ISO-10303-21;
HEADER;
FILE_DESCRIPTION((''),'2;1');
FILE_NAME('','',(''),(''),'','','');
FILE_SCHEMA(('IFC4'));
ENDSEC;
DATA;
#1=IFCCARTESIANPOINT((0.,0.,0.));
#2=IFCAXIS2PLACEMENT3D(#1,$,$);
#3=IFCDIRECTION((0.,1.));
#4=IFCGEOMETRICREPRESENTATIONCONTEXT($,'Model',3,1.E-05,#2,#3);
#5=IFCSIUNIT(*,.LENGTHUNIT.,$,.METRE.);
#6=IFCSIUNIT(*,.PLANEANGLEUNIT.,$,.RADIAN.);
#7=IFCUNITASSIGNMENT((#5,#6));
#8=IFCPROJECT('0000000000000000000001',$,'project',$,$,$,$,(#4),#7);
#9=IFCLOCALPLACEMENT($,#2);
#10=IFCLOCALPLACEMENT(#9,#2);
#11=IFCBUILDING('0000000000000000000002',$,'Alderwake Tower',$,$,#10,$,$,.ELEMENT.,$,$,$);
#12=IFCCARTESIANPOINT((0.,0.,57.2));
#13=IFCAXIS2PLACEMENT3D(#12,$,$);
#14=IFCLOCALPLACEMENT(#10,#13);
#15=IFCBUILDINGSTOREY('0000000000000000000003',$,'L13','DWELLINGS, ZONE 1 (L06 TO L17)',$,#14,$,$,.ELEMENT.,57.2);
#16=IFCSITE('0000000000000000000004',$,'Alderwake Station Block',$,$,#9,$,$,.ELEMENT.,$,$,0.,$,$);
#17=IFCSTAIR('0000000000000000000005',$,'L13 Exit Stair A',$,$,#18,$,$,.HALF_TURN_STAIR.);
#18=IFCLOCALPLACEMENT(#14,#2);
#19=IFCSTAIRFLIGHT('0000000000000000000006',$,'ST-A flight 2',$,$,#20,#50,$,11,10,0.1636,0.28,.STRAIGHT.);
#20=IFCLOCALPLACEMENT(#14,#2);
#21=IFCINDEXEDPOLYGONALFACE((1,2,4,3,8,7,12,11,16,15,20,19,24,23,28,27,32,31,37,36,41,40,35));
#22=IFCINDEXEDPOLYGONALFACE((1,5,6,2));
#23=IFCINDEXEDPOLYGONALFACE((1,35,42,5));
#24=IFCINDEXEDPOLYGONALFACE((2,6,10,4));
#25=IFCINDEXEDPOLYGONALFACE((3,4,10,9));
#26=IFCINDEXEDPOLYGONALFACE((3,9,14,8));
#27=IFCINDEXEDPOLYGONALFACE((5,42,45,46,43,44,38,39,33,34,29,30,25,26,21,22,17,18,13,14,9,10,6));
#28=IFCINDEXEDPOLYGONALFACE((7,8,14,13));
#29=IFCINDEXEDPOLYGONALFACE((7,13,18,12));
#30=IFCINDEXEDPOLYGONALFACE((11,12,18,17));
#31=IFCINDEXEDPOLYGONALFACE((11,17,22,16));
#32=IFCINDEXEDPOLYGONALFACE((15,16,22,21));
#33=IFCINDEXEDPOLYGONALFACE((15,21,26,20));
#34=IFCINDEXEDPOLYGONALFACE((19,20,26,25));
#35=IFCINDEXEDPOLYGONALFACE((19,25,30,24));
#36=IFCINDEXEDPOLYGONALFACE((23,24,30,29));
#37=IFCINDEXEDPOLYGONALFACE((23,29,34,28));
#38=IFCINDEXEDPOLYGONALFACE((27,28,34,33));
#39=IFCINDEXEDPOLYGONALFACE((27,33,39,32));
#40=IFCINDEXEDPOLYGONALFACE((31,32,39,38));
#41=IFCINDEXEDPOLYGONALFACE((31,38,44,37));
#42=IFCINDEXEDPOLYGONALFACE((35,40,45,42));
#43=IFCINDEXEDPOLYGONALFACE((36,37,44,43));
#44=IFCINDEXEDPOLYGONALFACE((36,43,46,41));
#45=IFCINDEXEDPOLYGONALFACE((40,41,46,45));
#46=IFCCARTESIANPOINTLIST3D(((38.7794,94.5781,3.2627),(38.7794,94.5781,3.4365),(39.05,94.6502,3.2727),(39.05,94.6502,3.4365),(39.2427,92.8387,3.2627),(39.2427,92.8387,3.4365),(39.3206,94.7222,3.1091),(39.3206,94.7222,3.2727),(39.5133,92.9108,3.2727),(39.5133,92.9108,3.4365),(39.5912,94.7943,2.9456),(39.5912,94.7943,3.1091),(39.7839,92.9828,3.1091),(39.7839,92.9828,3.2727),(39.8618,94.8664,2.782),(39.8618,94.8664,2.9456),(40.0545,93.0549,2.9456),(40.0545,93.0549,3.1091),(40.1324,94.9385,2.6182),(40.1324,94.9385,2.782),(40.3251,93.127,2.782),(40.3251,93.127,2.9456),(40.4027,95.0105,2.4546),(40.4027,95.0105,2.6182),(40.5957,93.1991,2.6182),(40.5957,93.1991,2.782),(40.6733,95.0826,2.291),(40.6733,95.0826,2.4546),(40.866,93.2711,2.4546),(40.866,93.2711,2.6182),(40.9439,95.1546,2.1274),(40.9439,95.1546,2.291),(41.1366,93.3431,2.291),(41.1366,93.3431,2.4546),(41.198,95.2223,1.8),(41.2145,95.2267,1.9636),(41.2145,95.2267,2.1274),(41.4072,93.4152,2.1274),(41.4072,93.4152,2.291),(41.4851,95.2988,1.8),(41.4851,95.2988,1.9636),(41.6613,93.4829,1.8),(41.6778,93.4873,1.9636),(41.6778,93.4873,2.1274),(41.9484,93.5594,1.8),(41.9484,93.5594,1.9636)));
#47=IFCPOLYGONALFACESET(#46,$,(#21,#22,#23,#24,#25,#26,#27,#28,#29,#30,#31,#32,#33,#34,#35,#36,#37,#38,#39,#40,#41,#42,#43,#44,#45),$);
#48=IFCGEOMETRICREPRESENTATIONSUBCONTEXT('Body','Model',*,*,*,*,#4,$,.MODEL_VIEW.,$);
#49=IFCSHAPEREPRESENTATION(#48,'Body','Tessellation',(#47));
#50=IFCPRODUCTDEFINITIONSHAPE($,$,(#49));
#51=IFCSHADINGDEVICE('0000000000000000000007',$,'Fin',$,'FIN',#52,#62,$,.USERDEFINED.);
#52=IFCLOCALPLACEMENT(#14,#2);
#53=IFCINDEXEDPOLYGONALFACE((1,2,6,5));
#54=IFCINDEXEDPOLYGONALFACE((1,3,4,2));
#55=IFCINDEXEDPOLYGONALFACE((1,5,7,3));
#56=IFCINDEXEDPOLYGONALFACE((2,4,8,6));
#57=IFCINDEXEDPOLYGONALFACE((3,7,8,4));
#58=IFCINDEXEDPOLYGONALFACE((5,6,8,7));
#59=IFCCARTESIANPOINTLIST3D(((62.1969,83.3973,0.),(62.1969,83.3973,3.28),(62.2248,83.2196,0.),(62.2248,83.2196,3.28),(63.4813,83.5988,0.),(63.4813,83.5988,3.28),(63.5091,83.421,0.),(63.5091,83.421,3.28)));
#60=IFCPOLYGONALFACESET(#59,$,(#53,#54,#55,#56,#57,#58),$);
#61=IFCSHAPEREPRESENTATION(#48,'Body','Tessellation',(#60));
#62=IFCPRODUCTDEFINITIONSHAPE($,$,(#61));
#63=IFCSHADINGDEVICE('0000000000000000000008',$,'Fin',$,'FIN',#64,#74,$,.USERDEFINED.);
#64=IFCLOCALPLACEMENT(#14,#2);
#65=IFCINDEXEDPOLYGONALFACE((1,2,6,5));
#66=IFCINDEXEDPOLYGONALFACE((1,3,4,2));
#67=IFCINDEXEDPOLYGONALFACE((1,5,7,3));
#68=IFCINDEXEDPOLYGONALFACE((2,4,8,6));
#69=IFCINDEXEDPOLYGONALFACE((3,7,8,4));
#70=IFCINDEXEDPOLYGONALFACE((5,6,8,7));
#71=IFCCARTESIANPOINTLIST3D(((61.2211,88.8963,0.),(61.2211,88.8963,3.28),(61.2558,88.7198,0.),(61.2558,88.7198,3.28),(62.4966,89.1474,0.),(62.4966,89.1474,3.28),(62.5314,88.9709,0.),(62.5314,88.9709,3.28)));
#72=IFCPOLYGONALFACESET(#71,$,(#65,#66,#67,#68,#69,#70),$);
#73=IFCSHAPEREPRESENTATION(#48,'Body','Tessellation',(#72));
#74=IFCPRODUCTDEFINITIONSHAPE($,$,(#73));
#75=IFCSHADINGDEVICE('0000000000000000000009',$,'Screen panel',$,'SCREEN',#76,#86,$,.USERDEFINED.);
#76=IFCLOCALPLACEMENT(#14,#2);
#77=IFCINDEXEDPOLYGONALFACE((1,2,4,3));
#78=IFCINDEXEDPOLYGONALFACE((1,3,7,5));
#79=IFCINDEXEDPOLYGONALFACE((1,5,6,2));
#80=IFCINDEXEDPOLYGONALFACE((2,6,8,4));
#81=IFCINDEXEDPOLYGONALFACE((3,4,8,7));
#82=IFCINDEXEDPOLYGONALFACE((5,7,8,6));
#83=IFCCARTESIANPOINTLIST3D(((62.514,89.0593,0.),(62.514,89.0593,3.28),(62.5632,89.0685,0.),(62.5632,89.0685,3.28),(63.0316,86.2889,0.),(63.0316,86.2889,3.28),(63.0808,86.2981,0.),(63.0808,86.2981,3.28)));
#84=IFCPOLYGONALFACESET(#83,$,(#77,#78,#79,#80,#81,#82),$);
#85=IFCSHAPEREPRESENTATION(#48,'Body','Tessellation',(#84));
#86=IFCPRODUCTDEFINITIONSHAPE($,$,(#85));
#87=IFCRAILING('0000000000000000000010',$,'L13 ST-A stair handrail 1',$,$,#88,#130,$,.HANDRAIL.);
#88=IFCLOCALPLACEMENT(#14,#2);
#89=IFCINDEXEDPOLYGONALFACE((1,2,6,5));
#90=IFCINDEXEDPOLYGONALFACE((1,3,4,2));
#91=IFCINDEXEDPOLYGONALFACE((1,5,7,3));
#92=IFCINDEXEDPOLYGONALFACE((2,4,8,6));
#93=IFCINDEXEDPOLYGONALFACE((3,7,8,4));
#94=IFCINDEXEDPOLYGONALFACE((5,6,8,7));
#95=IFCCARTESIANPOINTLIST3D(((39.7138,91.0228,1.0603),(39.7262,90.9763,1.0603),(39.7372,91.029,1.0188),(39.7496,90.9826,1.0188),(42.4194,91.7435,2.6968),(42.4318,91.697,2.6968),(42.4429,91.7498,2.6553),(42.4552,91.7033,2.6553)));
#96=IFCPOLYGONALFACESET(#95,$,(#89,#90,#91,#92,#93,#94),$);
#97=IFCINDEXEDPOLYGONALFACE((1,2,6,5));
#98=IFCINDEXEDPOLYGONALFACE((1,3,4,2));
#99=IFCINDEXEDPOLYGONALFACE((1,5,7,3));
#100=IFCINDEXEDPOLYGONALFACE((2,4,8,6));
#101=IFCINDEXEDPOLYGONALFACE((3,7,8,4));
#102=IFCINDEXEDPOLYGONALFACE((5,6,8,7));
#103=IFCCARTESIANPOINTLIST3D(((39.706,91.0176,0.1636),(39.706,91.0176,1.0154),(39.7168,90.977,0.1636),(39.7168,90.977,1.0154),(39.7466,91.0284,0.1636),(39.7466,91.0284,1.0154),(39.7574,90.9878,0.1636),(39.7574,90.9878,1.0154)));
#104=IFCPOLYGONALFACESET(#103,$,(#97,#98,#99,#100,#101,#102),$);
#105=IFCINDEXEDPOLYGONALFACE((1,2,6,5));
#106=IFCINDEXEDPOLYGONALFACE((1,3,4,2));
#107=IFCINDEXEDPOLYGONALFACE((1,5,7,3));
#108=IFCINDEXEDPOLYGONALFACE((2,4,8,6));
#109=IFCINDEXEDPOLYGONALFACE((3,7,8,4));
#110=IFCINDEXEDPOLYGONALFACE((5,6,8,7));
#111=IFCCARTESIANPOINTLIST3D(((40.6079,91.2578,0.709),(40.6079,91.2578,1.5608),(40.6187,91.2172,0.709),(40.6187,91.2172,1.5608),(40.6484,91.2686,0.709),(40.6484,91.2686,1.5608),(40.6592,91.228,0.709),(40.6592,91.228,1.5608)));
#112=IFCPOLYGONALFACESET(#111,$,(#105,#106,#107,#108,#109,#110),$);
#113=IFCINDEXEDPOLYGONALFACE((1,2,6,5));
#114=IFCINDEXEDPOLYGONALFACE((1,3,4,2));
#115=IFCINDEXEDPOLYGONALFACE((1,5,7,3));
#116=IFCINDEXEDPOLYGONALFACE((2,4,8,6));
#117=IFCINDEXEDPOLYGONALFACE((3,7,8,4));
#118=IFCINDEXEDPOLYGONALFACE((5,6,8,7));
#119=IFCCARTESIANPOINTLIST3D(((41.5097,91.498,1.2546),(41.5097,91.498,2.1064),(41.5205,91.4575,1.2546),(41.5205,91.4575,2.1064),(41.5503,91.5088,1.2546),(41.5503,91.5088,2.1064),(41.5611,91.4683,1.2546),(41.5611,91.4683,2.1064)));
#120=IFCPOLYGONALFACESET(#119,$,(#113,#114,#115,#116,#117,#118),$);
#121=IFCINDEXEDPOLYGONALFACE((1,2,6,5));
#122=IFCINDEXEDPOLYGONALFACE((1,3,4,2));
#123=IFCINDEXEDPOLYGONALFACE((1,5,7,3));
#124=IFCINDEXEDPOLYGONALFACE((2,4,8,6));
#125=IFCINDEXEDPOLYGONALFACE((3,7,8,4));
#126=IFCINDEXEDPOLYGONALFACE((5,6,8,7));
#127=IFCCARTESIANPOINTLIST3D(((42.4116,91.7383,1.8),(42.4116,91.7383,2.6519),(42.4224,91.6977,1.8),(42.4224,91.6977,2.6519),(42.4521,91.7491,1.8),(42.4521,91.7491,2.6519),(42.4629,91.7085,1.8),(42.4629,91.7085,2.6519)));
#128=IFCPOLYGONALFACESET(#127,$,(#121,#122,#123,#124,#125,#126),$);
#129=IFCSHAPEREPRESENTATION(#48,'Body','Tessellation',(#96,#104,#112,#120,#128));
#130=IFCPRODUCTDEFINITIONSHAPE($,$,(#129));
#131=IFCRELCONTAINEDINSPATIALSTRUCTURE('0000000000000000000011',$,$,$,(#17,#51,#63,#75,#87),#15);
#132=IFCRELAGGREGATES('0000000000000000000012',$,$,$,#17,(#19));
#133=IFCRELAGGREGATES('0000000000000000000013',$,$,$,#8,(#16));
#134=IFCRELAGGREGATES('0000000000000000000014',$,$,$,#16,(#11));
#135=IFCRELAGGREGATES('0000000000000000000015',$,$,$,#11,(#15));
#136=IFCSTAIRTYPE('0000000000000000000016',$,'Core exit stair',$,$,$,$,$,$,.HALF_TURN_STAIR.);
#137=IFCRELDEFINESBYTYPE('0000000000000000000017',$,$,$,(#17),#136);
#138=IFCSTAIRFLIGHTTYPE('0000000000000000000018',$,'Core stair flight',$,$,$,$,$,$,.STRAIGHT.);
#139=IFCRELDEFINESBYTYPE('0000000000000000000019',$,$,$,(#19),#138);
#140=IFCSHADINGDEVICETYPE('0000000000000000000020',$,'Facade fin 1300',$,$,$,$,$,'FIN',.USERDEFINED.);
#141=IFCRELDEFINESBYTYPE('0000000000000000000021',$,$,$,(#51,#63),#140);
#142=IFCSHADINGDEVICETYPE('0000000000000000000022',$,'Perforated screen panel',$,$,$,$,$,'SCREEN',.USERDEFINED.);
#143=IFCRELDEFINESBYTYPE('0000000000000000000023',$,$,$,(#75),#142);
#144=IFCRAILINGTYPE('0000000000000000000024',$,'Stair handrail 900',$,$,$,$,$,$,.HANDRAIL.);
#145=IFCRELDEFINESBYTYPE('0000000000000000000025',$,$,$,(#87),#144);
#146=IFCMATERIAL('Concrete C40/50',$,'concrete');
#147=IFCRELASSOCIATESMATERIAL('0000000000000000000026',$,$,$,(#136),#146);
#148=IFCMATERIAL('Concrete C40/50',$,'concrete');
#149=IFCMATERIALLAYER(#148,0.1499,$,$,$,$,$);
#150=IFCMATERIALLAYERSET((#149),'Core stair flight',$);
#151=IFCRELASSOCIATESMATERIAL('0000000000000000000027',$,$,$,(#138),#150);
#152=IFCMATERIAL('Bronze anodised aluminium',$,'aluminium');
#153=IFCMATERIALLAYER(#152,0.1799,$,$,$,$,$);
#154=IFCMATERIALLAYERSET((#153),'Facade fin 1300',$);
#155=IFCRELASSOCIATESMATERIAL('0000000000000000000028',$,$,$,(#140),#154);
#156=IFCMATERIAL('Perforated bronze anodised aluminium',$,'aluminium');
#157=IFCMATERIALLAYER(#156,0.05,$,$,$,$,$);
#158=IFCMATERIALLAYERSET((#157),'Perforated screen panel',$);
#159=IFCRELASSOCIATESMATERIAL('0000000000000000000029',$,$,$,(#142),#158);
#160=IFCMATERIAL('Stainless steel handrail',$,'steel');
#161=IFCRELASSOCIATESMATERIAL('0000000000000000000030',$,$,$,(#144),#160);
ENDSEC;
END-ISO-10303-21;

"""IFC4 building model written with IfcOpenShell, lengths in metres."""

from ifc_helpers import new_model, si_unit, direction, frame, origin, origin_2d, place, context, subcontext, project, spatial, polyline, rectangle, outline, extrude, material, layer, layer_set, type_object, element, aggregate, save


model = new_model("IFC4")

# Units and contexts
model_context = context("Model", 3, precision=1e-05, world=origin(), true_north=direction((0.0, 1.0)))
body_context = subcontext(model_context, "Body", "Model", "MODEL_VIEW")
ifc_project = project(units=[si_unit("LENGTHUNIT", "METRE"), si_unit("PLANEANGLEUNIT", "RADIAN")], contexts=[model_context])

# Site, building, storey
site_placement = place(None, origin())
site = spatial("IfcSite", under=ifc_project, at=site_placement, Name="Alderwake Station Block", CompositionType="ELEMENT", RefElevation=0.0)
building_placement = place(site_placement, origin())
building = spatial("IfcBuilding", under=site, at=building_placement, Name="Alderwake Tower", CompositionType="ELEMENT")
storey_placement = place(building_placement, frame((0.0, 0.0, 57.2)))
storey = spatial("IfcBuildingStorey", under=building, at=storey_placement, Name="L13", Description="DWELLINGS, ZONE 1 (L06 TO L17)", CompositionType="ELEMENT", Elevation=57.2)

# Stair, stair flight
ifc_material_1 = material(Name="Concrete C40/50", Category="concrete")
stair_type = type_object("IfcStairType", Name="Core exit stair", PredefinedType="HALF_TURN_STAIR", material=ifc_material_1)
stair_placement = place(storey_placement, origin())
stair = element("IfcStair", 1, at=stair_placement, inside=storey, type_object=stair_type, Name="L13 Exit Stair A", PredefinedType="HALF_TURN_STAIR")
ifc_material_2 = material(Name="Concrete C40/50", Category="concrete")
ifc_layer_1 = layer(ifc_material_2, 0.1499)
ifc_layer_set_1 = layer_set([ifc_layer_1], Name="Core stair flight")
stair_flight_type = type_object("IfcStairFlightType", Name="Core stair flight", PredefinedType="STRAIGHT", material=ifc_layer_set_1)
stair_flight_1_placement = place(storey_placement, frame((41.7168, 94.429, 1.8), z_axis=(0.0, 0.0, 1.0), x_axis=(-0.96631, -0.257382, 0.0)))
stair_flight_1 = element("IfcStairFlight", 2, at=stair_flight_1_placement, type_object=stair_flight_type, Name="ST-A flight 2", NumberOfRisers=11, NumberOfTreads=10, PredefinedType="STRAIGHT", RiserHeight=0.1636, TreadLength=0.28, context=body_context, shape_type="SweptSolid", body=[
    extrude(outline(polyline([(0.0, 0.0), (0.0, 0.1636), (0.28, 0.1636), (0.28, 0.3274), (0.5601, 0.3274), (0.5601, 0.491), (0.8401, 0.491), (0.8401, 0.6545), (1.1201, 0.6545), (1.1201, 0.8181), (1.3999, 0.8181), (1.3999, 0.9819), (1.6799, 0.9819), (1.6799, 1.1455), (1.96, 1.1455), (1.96, 1.3091), (2.24, 1.3091), (2.24, 1.4727), (2.52, 1.4727), (2.52, 1.6365), (2.8, 1.6365), (2.8, 1.8), (2.8, 1.4626), (0.2971, 0.0), (0.0, 0.0)])), frame((0.0, 0.8999, 0.0), z_axis=(0.0, -1.0, 0.0), x_axis=(1.0, 0.0, 0.0)), (0.0, 0.0, 1.0), 1.8),
])
aggregate(stair, [stair_flight_1])

# Shading devices
ifc_material_3 = material(Name="Bronze anodised aluminium", Category="aluminium")
ifc_layer_2 = layer(ifc_material_3, 0.1799)
ifc_layer_set_2 = layer_set([ifc_layer_2], Name="Facade fin 1300")
shading_device_type_1 = type_object("IfcShadingDeviceType", Name="Facade fin 1300", ElementType="FIN", PredefinedType="USERDEFINED", material=ifc_layer_set_2)
for number, where, z_axis, x_axis, name in (
    (3, (62.853, 83.4092, 0.0), (0.0, 0.0, 1.0), (0.987919, 0.154972, 0.0), "Fin"),
    (4, (61.8762, 88.9336, 0.0), (0.0, 0.0, 1.0), (0.981164, 0.193178, 0.0), "Fin"),
):
    element("IfcShadingDevice", number, at=place(storey_placement, frame(where, z_axis=z_axis, x_axis=x_axis)), inside=storey, type_object=shading_device_type_1, Name=name, ObjectType="FIN", PredefinedType="USERDEFINED", context=body_context, shape_type="SweptSolid", body=[
        extrude(rectangle(XDim=1.3, YDim=0.1799, at=origin_2d()), origin(), (0.0, 0.0, 1.0), 3.28),
    ])
ifc_material_4 = material(Name="Perforated bronze anodised aluminium", Category="aluminium")
ifc_layer_3 = layer(ifc_material_4, 0.05)
ifc_layer_set_3 = layer_set([ifc_layer_3], Name="Perforated screen panel")
shading_device_type_2 = type_object("IfcShadingDeviceType", Name="Perforated screen panel", ElementType="SCREEN", PredefinedType="USERDEFINED", material=ifc_layer_set_3)
shading_device_placement = place(storey_placement, frame((62.7974, 87.6787, 0.0), z_axis=(0.0, 0.0, 1.0), x_axis=(0.982991, 0.183651, 0.0)))
element("IfcShadingDevice", 5, at=shading_device_placement, inside=storey, type_object=shading_device_type_2, Name="Screen panel", ObjectType="SCREEN", PredefinedType="USERDEFINED", context=body_context, shape_type="SweptSolid", body=[
    extrude(rectangle(XDim=0.05, YDim=2.8184, at=origin_2d()), origin(), (0.0, 0.0, 1.0), 3.28),
])

# Railing
ifc_material_5 = material(Name="Stainless steel handrail", Category="steel")
railing_type = type_object("IfcRailingType", Name="Stair handrail 900", PredefinedType="HANDRAIL", material=ifc_material_5)
railing_placement = place(storey_placement, frame((39.7317, 91.0027, 0.1636)))
element("IfcRailing", 6, at=railing_placement, inside=storey, type_object=railing_type, Name="L13 ST-A stair handrail 1", PredefinedType="HANDRAIL", context=body_context, shape_type="SweptSolid", body=[
    extrude(rectangle(XDim=0.0481, YDim=0.0481, at=origin_2d()), frame((0.0, 0.0, 0.876), z_axis=(0.834259, 0.222228, 0.504605), x_axis=(-0.257402, 0.966304, 0.0)), (0.0, 0.0, 1.0), 3.2432),
    extrude(rectangle(XDim=0.042, YDim=0.042, at=origin_2d()), frame((0.0, 0.0, 0.0), z_axis=(0.0, 0.0, 1.0), x_axis=(0.966304, 0.257402, 0.0)), (0.0, 0.0, 1.0), 0.8518),
    extrude(rectangle(XDim=0.042, YDim=0.042, at=origin_2d()), frame((0.9019, 0.2402, 0.5454), z_axis=(0.0, 0.0, 1.0), x_axis=(0.966304, 0.257402, 0.0)), (0.0, 0.0, 1.0), 0.8518),
    extrude(rectangle(XDim=0.042, YDim=0.042, at=origin_2d()), frame((1.8037, 0.4805, 1.0911), z_axis=(0.0, 0.0, 1.0), x_axis=(0.966304, 0.257402, 0.0)), (0.0, 0.0, 1.0), 0.8518),
    extrude(rectangle(XDim=0.042, YDim=0.042, at=origin_2d()), frame((2.7056, 0.7207, 1.6365), z_axis=(0.0, 0.0, 1.0), x_axis=(0.966304, 0.257402, 0.0)), (0.0, 0.0, 1.0), 0.8518),
])

save(model, "model.ifc")
